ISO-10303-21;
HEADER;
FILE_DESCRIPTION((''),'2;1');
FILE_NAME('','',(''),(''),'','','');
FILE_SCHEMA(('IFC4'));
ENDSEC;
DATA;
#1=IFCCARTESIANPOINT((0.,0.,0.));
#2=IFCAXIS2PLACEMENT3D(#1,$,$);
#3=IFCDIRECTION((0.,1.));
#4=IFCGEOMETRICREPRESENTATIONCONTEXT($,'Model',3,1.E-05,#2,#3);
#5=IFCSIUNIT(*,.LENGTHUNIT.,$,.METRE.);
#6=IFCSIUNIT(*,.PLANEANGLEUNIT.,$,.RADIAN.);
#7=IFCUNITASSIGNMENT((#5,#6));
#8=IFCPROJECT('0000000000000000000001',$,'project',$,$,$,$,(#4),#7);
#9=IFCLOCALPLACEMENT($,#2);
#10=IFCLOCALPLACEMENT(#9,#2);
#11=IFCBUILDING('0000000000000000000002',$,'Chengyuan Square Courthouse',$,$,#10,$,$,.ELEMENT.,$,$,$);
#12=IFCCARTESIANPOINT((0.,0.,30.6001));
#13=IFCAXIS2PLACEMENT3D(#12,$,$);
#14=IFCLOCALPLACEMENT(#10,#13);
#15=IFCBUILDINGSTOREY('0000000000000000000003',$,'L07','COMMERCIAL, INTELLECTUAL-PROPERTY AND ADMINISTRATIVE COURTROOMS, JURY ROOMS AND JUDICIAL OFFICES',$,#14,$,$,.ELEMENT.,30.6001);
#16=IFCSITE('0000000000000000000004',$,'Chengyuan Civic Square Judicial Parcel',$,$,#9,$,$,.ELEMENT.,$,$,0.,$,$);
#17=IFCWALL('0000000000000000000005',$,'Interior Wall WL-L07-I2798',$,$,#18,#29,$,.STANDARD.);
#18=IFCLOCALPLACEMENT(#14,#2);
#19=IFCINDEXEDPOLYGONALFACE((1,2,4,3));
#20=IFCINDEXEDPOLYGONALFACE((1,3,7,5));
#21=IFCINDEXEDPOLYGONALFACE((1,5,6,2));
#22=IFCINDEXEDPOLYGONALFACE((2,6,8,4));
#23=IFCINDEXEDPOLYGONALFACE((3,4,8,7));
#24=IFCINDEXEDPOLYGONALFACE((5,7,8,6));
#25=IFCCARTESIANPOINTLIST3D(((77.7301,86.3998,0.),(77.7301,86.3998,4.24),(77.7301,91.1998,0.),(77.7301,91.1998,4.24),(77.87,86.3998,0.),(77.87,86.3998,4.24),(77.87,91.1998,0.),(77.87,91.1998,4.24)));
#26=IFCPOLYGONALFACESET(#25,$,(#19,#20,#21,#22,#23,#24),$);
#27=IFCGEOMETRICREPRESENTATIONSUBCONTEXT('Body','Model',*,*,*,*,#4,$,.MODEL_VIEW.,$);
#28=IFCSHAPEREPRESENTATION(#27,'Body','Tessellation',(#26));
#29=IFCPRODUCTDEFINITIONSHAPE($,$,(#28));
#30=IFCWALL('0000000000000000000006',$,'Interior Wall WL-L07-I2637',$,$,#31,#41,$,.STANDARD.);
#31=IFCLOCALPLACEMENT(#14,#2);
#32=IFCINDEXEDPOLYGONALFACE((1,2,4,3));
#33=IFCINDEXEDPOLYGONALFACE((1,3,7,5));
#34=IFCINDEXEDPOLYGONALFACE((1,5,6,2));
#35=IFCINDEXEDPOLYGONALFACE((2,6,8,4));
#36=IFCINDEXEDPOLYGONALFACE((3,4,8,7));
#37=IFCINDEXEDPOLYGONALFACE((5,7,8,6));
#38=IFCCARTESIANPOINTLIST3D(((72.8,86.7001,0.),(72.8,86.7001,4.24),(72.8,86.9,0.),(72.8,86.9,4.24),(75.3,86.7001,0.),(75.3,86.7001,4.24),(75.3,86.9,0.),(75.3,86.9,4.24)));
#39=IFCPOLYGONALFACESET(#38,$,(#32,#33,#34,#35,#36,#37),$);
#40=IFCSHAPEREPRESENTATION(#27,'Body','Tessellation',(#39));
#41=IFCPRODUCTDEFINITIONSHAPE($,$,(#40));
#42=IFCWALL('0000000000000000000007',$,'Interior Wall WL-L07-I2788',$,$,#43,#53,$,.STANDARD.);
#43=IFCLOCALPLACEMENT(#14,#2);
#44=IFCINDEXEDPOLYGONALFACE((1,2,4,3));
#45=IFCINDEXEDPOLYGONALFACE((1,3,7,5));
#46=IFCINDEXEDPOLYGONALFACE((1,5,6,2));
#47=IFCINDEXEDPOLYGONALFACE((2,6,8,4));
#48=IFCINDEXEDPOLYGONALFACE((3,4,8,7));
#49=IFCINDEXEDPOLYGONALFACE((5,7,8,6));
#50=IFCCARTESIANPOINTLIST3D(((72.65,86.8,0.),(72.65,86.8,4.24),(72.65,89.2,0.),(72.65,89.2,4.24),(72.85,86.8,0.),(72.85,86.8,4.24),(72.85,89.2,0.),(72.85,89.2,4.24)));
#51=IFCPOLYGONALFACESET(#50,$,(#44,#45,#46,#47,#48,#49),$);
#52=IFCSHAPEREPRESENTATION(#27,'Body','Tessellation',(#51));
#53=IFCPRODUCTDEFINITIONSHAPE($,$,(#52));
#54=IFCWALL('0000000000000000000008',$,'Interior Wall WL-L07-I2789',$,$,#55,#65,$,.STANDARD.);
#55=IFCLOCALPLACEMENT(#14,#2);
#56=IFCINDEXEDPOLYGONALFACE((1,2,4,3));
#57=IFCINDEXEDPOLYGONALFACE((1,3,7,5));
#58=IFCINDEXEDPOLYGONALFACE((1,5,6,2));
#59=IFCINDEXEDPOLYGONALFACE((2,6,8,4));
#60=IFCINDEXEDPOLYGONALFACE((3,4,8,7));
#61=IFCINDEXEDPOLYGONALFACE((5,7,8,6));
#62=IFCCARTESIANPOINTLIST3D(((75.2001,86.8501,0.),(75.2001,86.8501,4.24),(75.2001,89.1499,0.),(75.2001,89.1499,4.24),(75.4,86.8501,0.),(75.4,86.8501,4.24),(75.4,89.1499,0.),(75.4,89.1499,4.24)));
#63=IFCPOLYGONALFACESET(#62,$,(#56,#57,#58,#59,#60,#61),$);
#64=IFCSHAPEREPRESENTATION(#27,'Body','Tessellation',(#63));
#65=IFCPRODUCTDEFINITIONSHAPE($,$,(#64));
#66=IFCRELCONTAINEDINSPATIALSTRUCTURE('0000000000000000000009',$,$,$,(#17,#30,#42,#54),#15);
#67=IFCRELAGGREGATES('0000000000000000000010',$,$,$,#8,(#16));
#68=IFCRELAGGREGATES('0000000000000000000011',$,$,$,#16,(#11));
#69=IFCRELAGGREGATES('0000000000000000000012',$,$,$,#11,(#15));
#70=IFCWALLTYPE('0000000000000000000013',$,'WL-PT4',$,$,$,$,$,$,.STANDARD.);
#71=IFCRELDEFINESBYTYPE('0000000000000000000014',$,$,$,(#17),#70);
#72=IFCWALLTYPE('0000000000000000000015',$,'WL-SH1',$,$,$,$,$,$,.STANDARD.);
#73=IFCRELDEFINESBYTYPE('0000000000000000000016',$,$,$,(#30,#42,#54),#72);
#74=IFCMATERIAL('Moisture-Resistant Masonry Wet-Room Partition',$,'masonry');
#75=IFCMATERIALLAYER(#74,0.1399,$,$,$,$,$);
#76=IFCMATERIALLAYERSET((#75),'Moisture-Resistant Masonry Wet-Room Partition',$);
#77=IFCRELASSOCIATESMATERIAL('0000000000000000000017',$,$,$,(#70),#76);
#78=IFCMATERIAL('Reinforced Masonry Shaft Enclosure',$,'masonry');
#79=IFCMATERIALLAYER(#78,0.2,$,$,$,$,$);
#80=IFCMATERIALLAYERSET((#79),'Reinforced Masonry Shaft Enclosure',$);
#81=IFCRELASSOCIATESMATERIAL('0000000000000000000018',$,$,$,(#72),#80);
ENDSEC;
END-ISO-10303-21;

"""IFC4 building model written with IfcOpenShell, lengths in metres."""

from ifc_helpers import new_model, si_unit, direction, frame, frame_2d, origin, place, context, subcontext, project, spatial, rectangle, extrude, material, layer, layer_set, type_object, element, save


model = new_model("IFC4")

# Units and contexts
model_context = context("Model", 3, precision=1e-05, world=origin(), true_north=direction((0.0, 1.0)))
body_context = subcontext(model_context, "Body", "Model", "MODEL_VIEW")
ifc_project = project(units=[si_unit("LENGTHUNIT", "METRE"), si_unit("PLANEANGLEUNIT", "RADIAN")], contexts=[model_context])

# Site, building, storey
site_placement = place(None, origin())
site = spatial("IfcSite", under=ifc_project, at=site_placement, Name="Chengyuan Civic Square Judicial Parcel", CompositionType="ELEMENT", RefElevation=0.0)
building_placement = place(site_placement, origin())
building = spatial("IfcBuilding", under=site, at=building_placement, Name="Chengyuan Square Courthouse", CompositionType="ELEMENT")
storey_placement = place(building_placement, frame((0.0, 0.0, 30.6001)))
storey = spatial("IfcBuildingStorey", under=building, at=storey_placement, Name="L07", Description="COMMERCIAL, INTELLECTUAL-PROPERTY AND ADMINISTRATIVE COURTROOMS, JURY ROOMS AND JUDICIAL OFFICES", CompositionType="ELEMENT", Elevation=30.6001)

# Walls
ifc_material_1 = material(Name="Moisture-Resistant Masonry Wet-Room Partition", Category="masonry")
ifc_layer_1 = layer(ifc_material_1, 0.1399)
ifc_layer_set_1 = layer_set([ifc_layer_1], Name="Moisture-Resistant Masonry Wet-Room Partition")
wall_type_1 = type_object("IfcWallType", Name="WL-PT4", PredefinedType="STANDARD", material=ifc_layer_set_1)
wall_1_placement = place(storey_placement, frame((77.8, 86.3999, 0.0), z_axis=(0.0, 0.0, 1.0), x_axis=(0.0, 1.0, 0.0)))
element("IfcWall", 1, at=wall_1_placement, inside=storey, type_object=wall_type_1, Name="Interior Wall WL-L07-I2798", PredefinedType="STANDARD", context=body_context, shape_type="SweptSolid", body=[
    extrude(rectangle(XDim=4.8, YDim=0.1399, at=frame_2d((2.3999, 0.0))), origin(), (0.0, 0.0, 1.0), 4.24),
])
ifc_material_2 = material(Name="Reinforced Masonry Shaft Enclosure", Category="masonry")
ifc_layer_2 = layer(ifc_material_2, 0.2)
ifc_layer_set_2 = layer_set([ifc_layer_2], Name="Reinforced Masonry Shaft Enclosure")
wall_type_2 = type_object("IfcWallType", Name="WL-SH1", PredefinedType="STANDARD", material=ifc_layer_set_2)
wall_2_placement = place(storey_placement, frame((72.8, 86.8, 0.0), z_axis=(0.0, 0.0, 1.0), x_axis=(1.0, 0.0, 0.0)))
element("IfcWall", 2, at=wall_2_placement, inside=storey, type_object=wall_type_2, Name="Interior Wall WL-L07-I2637", PredefinedType="STANDARD", context=body_context, shape_type="SweptSolid", body=[
    extrude(rectangle(XDim=2.5, YDim=0.2, at=frame_2d((1.25, 0.0))), origin(), (0.0, 0.0, 1.0), 4.24),
])
wall_3_placement = place(storey_placement, frame((72.75, 86.8, 0.0), z_axis=(0.0, 0.0, 1.0), x_axis=(0.0, 1.0, 0.0)))
element("IfcWall", 3, at=wall_3_placement, inside=storey, type_object=wall_type_2, Name="Interior Wall WL-L07-I2788", PredefinedType="STANDARD", context=body_context, shape_type="SweptSolid", body=[
    extrude(rectangle(XDim=2.3999, YDim=0.2, at=frame_2d((1.2, 0.0))), origin(), (0.0, 0.0, 1.0), 4.24),
])
wall_4_placement = place(storey_placement, frame((75.3, 86.8501, 0.0), z_axis=(0.0, 0.0, 1.0), x_axis=(0.0, 1.0, 0.0)))
element("IfcWall", 4, at=wall_4_placement, inside=storey, type_object=wall_type_2, Name="Interior Wall WL-L07-I2789", PredefinedType="STANDARD", context=body_context, shape_type="SweptSolid", body=[
    extrude(rectangle(XDim=2.2998, YDim=0.2, at=frame_2d((1.1499, 0.0))), origin(), (0.0, 0.0, 1.0), 4.24),
])

save(model, "model.ifc")
